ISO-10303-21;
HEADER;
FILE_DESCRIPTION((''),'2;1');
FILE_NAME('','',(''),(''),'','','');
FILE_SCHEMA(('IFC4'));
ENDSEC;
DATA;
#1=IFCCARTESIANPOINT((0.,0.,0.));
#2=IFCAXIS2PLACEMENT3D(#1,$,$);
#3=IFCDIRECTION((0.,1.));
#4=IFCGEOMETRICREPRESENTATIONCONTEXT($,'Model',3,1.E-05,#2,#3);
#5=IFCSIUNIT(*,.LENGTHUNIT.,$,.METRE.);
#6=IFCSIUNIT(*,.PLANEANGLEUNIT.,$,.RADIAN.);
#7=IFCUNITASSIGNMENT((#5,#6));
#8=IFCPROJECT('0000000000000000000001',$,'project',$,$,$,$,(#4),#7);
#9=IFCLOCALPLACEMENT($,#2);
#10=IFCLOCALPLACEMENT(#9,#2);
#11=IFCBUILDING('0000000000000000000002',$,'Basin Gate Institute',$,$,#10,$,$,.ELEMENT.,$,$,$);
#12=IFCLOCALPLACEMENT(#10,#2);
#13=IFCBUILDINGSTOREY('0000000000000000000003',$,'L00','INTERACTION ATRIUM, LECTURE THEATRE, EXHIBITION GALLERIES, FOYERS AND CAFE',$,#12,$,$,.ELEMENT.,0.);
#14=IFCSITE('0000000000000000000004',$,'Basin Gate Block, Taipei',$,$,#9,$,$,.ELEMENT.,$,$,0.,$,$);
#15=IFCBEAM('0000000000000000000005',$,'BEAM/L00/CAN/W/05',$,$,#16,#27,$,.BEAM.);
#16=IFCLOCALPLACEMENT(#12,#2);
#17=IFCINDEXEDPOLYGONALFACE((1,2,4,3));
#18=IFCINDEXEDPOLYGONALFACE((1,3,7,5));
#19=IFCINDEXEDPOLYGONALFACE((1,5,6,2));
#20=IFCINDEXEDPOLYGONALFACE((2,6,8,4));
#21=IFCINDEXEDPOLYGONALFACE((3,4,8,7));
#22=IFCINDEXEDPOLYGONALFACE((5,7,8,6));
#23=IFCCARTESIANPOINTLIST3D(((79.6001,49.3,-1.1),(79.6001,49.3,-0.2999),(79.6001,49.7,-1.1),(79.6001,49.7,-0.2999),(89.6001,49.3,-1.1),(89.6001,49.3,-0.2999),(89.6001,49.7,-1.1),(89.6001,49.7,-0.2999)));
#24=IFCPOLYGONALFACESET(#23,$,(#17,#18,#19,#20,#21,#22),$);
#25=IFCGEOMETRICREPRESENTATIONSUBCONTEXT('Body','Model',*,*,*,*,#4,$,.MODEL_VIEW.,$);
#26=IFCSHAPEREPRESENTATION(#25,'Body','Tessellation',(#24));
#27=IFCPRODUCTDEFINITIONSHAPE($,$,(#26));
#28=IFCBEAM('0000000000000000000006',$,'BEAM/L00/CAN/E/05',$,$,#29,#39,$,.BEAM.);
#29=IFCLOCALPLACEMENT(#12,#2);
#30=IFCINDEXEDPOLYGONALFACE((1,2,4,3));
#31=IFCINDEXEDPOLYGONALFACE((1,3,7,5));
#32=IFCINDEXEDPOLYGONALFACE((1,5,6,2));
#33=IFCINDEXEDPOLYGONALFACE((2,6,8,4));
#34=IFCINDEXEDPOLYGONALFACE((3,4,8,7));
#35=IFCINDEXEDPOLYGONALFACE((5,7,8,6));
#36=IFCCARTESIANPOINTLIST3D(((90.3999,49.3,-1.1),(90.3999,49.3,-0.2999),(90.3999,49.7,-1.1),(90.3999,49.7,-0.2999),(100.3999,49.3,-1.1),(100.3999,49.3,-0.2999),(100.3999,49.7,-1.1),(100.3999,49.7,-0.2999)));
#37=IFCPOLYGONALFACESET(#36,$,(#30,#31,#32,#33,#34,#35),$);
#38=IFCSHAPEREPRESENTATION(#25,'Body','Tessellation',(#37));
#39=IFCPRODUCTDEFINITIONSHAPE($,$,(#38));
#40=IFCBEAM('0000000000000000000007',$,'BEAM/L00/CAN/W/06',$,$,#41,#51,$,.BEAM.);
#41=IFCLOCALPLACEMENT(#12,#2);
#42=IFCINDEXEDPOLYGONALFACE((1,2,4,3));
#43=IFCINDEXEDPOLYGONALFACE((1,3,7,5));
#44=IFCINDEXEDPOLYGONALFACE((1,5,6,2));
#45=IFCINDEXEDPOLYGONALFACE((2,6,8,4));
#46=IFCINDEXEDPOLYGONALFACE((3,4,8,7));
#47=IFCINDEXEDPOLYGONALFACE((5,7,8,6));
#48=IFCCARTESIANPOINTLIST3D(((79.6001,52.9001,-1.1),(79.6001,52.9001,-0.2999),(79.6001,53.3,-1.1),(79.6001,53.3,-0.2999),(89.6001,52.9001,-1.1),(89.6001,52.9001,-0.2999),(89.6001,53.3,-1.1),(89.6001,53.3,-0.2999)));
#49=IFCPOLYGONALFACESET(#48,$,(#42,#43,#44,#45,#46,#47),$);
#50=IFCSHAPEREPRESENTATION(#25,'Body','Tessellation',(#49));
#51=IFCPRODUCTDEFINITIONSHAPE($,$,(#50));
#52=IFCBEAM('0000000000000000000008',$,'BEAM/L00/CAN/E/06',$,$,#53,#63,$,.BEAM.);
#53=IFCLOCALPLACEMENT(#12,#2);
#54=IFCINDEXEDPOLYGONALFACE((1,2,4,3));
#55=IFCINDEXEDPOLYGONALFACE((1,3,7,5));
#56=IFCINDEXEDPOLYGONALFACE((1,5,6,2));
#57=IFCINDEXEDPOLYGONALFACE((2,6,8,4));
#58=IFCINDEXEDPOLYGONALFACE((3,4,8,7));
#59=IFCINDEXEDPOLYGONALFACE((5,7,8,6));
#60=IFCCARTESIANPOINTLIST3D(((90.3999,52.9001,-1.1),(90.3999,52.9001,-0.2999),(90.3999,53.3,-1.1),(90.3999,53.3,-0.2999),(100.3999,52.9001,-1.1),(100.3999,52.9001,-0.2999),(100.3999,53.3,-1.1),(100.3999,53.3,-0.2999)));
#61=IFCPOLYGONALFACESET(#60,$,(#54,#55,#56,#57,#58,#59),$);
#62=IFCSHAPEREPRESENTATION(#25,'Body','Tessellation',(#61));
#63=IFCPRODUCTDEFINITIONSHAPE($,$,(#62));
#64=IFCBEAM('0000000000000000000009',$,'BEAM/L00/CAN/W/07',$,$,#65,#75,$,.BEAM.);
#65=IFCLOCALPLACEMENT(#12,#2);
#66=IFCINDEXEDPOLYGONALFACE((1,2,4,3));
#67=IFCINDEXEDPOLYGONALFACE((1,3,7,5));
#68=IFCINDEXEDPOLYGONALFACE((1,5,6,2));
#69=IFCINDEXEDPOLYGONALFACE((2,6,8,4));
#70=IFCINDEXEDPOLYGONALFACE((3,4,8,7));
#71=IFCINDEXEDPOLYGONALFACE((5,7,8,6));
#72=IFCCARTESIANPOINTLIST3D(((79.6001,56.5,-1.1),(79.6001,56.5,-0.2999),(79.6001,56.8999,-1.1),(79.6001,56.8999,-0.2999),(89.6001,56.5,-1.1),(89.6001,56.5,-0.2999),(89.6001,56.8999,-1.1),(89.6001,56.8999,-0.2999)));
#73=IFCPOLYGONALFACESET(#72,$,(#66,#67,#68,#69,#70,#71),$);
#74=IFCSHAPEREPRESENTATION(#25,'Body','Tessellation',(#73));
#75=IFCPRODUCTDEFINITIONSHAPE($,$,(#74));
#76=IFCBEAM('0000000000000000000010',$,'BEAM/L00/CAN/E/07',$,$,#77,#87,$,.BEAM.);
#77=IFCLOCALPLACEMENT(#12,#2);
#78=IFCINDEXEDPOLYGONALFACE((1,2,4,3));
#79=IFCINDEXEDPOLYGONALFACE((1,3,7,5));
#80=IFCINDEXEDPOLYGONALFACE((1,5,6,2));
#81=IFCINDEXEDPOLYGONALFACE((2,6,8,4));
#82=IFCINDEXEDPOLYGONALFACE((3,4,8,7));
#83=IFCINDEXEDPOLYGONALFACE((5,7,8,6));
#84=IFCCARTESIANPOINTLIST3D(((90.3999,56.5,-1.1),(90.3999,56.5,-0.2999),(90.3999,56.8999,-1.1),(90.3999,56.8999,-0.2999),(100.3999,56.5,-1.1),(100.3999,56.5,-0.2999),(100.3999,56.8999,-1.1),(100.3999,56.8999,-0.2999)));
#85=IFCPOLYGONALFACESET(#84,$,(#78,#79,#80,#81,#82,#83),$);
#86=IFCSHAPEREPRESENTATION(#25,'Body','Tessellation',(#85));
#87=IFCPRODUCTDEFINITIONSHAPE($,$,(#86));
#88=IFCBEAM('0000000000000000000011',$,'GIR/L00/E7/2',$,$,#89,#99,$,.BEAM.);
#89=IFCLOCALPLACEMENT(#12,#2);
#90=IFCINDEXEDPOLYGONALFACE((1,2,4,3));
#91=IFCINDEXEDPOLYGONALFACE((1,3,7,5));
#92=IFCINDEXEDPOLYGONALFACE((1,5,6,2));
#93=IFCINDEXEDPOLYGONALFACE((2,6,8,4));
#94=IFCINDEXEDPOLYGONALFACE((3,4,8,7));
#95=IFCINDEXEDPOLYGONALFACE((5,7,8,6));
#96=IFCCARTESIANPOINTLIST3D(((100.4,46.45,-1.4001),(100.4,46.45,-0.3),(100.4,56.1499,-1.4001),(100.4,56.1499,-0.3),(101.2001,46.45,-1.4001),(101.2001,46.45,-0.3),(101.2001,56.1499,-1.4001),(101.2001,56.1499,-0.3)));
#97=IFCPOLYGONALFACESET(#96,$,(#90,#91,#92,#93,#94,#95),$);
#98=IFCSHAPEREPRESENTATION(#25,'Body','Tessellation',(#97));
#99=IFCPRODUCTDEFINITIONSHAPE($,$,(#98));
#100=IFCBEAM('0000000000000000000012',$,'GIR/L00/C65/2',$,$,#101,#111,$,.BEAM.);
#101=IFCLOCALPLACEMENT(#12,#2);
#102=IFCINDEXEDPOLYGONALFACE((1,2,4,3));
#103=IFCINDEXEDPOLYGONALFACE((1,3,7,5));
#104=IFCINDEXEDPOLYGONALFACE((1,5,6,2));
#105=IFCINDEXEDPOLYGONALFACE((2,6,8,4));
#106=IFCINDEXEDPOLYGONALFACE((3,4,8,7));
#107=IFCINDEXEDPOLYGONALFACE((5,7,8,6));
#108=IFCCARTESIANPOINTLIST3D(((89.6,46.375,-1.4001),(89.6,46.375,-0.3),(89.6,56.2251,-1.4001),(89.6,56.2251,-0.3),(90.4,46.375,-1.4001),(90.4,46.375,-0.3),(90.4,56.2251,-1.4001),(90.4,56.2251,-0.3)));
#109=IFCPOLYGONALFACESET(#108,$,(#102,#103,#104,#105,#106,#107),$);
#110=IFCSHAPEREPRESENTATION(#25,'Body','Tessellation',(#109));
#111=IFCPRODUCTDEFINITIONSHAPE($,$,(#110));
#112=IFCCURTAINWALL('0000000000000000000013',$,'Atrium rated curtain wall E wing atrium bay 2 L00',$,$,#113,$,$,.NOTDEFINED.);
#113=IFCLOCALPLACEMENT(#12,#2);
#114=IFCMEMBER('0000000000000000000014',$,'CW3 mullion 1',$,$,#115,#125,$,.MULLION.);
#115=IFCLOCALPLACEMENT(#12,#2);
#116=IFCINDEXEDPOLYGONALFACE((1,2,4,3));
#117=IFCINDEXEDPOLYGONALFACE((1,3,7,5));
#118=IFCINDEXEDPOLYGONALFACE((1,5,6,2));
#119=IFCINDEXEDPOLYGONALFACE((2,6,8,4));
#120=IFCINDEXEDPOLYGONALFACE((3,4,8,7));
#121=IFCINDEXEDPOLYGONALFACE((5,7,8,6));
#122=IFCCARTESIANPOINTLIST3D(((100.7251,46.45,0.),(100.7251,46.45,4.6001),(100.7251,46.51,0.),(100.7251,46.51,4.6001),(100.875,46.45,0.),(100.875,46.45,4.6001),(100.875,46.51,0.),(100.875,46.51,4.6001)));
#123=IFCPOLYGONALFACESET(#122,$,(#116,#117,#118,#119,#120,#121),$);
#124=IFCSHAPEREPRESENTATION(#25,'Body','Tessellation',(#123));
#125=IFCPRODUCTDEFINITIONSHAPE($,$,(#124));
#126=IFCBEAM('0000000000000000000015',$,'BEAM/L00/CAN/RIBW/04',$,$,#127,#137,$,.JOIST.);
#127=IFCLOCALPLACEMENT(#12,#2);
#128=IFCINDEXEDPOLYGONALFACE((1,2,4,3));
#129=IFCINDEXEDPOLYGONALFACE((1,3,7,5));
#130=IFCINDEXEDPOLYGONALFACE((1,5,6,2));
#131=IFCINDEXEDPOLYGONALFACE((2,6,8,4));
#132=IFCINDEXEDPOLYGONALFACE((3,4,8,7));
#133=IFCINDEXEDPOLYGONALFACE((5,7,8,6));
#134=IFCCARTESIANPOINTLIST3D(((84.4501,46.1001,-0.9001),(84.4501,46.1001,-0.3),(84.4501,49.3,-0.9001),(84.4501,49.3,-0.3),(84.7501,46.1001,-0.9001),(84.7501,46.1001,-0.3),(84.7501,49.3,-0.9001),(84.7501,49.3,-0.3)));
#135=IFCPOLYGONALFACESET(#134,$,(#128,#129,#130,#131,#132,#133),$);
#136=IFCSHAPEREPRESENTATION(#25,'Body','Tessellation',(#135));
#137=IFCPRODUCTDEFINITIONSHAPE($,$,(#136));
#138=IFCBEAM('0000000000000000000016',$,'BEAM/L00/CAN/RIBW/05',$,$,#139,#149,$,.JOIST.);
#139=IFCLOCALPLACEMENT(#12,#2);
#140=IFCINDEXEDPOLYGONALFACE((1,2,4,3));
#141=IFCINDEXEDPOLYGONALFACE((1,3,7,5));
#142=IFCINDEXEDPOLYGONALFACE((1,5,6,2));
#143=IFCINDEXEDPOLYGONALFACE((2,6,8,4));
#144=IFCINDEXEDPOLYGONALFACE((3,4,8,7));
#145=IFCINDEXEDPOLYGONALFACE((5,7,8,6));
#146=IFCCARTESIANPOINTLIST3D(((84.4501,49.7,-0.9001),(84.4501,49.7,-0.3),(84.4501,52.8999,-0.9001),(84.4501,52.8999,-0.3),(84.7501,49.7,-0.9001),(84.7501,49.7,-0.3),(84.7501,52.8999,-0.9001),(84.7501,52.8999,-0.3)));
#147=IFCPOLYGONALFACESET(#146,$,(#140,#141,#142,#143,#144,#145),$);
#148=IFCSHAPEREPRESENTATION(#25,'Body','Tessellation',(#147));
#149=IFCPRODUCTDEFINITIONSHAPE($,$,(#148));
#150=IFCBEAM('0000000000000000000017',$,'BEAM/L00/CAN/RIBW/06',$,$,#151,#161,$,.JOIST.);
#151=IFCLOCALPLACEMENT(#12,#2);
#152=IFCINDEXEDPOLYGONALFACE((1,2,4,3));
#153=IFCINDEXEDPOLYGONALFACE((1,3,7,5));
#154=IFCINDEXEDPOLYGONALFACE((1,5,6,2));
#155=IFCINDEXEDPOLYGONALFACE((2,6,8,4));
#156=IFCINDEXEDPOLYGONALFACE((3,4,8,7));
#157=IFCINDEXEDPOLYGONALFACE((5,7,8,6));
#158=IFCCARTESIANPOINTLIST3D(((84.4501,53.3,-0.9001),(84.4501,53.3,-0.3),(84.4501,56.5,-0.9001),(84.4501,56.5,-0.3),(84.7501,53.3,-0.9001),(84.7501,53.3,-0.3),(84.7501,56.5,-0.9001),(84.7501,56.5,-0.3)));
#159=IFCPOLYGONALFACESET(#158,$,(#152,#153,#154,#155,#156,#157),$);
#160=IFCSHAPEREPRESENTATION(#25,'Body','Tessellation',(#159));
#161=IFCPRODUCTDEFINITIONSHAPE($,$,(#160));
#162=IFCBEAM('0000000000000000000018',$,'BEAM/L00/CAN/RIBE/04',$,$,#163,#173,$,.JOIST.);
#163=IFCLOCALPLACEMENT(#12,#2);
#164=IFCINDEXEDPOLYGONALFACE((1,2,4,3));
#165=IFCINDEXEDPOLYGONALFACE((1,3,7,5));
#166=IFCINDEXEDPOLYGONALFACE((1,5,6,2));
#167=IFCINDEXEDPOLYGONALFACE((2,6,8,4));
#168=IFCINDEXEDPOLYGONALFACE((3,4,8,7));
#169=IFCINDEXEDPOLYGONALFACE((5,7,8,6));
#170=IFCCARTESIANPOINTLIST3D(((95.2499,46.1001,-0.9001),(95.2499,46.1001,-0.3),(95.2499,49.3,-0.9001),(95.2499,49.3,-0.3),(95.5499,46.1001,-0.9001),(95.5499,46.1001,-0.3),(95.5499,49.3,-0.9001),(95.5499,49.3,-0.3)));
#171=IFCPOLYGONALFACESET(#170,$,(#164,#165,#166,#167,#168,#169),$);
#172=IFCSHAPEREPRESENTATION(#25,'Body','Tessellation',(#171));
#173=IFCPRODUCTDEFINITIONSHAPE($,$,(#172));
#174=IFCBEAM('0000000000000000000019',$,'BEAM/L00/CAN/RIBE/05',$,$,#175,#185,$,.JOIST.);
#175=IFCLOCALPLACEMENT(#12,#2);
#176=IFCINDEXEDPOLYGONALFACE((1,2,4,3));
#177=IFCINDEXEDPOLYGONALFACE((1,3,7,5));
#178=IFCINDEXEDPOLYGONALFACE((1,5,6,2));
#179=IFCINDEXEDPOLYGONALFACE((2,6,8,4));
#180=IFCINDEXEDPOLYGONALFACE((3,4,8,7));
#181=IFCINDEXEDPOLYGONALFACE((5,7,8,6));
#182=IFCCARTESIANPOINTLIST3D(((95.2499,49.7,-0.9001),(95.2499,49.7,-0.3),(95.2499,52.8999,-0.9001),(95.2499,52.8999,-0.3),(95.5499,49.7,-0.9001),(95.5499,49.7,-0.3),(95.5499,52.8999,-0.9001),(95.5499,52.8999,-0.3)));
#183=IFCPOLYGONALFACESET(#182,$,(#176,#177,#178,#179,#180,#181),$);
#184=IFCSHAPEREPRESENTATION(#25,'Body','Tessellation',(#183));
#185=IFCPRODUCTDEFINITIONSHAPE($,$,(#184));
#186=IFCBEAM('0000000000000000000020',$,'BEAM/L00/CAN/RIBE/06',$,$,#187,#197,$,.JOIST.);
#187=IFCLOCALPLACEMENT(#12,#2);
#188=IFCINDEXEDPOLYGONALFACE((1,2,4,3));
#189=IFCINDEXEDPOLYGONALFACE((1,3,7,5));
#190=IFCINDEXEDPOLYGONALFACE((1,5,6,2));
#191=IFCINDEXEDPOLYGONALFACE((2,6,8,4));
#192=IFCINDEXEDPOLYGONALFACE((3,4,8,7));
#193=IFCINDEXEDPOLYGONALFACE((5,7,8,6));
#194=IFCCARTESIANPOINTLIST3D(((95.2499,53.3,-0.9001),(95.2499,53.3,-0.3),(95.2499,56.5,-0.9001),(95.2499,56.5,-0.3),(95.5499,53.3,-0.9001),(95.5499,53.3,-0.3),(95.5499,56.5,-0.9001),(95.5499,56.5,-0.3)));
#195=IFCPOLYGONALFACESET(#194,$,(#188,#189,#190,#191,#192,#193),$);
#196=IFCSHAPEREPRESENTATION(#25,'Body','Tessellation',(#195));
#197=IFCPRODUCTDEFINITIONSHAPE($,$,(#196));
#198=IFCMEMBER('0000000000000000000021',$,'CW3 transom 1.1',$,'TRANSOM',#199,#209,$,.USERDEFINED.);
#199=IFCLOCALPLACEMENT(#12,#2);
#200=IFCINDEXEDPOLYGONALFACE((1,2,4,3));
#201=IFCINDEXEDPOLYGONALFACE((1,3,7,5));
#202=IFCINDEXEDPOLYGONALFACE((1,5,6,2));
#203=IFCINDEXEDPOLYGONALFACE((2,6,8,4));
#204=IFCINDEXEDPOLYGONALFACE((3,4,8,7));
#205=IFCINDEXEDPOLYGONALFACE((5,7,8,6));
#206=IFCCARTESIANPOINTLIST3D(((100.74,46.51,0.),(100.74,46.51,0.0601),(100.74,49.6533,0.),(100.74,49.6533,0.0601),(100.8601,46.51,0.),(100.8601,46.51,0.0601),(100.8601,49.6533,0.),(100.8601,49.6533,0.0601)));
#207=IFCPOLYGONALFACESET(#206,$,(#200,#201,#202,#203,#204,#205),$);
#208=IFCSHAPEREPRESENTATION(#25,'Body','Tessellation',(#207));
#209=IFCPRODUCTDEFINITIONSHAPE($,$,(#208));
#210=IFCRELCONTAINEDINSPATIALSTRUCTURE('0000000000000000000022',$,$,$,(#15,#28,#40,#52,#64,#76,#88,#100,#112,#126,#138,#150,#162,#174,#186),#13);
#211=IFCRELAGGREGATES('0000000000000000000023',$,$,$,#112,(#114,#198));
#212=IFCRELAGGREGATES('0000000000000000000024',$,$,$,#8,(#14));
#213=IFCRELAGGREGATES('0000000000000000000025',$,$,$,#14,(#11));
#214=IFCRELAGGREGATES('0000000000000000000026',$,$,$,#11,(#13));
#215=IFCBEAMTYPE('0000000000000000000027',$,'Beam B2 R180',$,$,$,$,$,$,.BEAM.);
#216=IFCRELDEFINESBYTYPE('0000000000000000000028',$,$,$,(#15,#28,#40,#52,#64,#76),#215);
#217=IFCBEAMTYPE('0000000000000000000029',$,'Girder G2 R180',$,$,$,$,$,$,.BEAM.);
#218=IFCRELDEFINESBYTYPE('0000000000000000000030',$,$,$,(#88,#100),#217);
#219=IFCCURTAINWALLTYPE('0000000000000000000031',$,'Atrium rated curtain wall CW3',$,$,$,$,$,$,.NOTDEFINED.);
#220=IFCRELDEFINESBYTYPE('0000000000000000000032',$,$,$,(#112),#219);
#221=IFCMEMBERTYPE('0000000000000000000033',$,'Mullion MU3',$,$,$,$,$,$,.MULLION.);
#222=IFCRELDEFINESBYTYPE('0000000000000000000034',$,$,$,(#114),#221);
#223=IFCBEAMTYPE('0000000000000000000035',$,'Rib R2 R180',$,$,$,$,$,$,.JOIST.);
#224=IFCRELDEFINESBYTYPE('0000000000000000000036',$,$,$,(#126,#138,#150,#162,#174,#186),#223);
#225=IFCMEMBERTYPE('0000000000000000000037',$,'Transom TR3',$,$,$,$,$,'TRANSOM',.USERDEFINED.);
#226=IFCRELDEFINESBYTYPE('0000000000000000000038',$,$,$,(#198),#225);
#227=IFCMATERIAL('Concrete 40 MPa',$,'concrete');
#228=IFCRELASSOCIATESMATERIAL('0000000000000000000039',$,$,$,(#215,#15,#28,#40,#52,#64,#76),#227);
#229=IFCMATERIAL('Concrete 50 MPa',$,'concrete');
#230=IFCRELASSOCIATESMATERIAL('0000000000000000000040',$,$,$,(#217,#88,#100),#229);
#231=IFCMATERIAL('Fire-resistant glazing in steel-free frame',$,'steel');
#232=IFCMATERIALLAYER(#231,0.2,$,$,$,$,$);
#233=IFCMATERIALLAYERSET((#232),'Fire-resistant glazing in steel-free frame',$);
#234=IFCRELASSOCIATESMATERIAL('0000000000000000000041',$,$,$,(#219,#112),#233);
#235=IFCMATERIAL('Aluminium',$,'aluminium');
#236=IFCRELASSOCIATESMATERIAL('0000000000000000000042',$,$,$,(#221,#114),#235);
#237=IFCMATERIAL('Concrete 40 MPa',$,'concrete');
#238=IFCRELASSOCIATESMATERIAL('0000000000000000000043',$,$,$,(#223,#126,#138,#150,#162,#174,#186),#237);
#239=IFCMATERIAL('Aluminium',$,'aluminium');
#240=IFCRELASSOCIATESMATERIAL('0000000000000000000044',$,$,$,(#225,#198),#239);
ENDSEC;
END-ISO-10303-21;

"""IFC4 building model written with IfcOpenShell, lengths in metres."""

from ifc_helpers import new_model, si_unit, direction, frame, origin, origin_2d, place, context, subcontext, project, spatial, rectangle, extrude, material, layer, layer_set, material_profile, profile_set, type_object, element, aggregate, save


model = new_model("IFC4")

# Units and contexts
model_context = context("Model", 3, precision=1e-05, world=origin(), true_north=direction((0.0, 1.0)))
body_context = subcontext(model_context, "Body", "Model", "MODEL_VIEW")
ifc_project = project(units=[si_unit("LENGTHUNIT", "METRE"), si_unit("PLANEANGLEUNIT", "RADIAN")], contexts=[model_context])

# Site, building, storey
site_placement = place(None, origin())
site = spatial("IfcSite", under=ifc_project, at=site_placement, Name="Basin Gate Block, Taipei", CompositionType="ELEMENT", RefElevation=0.0)
building_placement = place(site_placement, origin())
building = spatial("IfcBuilding", under=site, at=building_placement, Name="Basin Gate Institute", CompositionType="ELEMENT")
storey_placement = place(building_placement, origin())
storey = spatial("IfcBuildingStorey", under=building, at=storey_placement, Name="L00", Description="INTERACTION ATRIUM, LECTURE THEATRE, EXHIBITION GALLERIES, FOYERS AND CAFE", CompositionType="ELEMENT", Elevation=0.0)

# Beams
ifc_material_1 = material(Name="Concrete 40 MPa", Category="concrete")
ifc_material_profile_1 = material_profile(ifc_material_1, rectangle(XDim=0.3999, YDim=0.8, at=origin_2d()), Name="Beam B2 400 x 800")
ifc_profile_set_1 = profile_set([ifc_material_profile_1], Name="Concrete 40 MPa")
beam_type_1 = type_object("IfcBeamType", Name="Beam B2 R180", PredefinedType="BEAM", material=ifc_profile_set_1)
for number, where, z_axis, x_axis, name in (
    (1, (79.6001, 49.5, -0.7), (1.0, 0.0, 0.0), (0.0, 1.0, 0.0), "BEAM/L00/CAN/W/05"),
    (2, (90.3999, 49.5, -0.7), (1.0, 0.0, 0.0), (0.0, 1.0, 0.0), "BEAM/L00/CAN/E/05"),
    (3, (79.6001, 53.1001, -0.7), (1.0, 0.0, 0.0), (0.0, 1.0, 0.0), "BEAM/L00/CAN/W/06"),
    (4, (90.3999, 53.1001, -0.7), (1.0, 0.0, 0.0), (0.0, 1.0, 0.0), "BEAM/L00/CAN/E/06"),
    (5, (79.6001, 56.7, -0.7), (1.0, 0.0, 0.0), (0.0, 1.0, 0.0), "BEAM/L00/CAN/W/07"),
    (6, (90.3999, 56.7, -0.7), (1.0, 0.0, 0.0), (0.0, 1.0, 0.0), "BEAM/L00/CAN/E/07"),
):
    element("IfcBeam", number, at=place(storey_placement, frame(where, z_axis=z_axis, x_axis=x_axis)), inside=storey, type_object=beam_type_1, material=ifc_profile_set_1, Name=name, PredefinedType="BEAM", context=body_context, shape_type="SweptSolid", body=[
        extrude(rectangle(XDim=0.3999, YDim=0.8, at=origin_2d()), origin(), (0.0, 0.0, 1.0), 10.0),
    ])
ifc_material_2 = material(Name="Concrete 50 MPa", Category="concrete")
ifc_material_profile_2 = material_profile(ifc_material_2, rectangle(XDim=0.8, YDim=1.1001, at=origin_2d()), Name="Girder G2 800 x 1100")
ifc_profile_set_2 = profile_set([ifc_material_profile_2], Name="Concrete 50 MPa")
beam_type_2 = type_object("IfcBeamType", Name="Girder G2 R180", PredefinedType="BEAM", material=ifc_profile_set_2)
beam_1_placement = place(storey_placement, frame((100.8, 46.45, -0.8501), z_axis=(0.0, 1.0, 0.0), x_axis=(-1.0, 0.0, 0.0)))
element("IfcBeam", 7, at=beam_1_placement, inside=storey, type_object=beam_type_2, material=ifc_profile_set_2, Name="GIR/L00/E7/2", PredefinedType="BEAM", context=body_context, shape_type="SweptSolid", body=[
    extrude(rectangle(XDim=0.8, YDim=1.1001, at=origin_2d()), origin(), (0.0, 0.0, 1.0), 9.7),
])
beam_2_placement = place(storey_placement, frame((90.0, 46.375, -0.8501), z_axis=(0.0, 1.0, 0.0), x_axis=(-1.0, 0.0, 0.0)))
element("IfcBeam", 8, at=beam_2_placement, inside=storey, type_object=beam_type_2, material=ifc_profile_set_2, Name="GIR/L00/C65/2", PredefinedType="BEAM", context=body_context, shape_type="SweptSolid", body=[
    extrude(rectangle(XDim=0.8, YDim=1.1001, at=origin_2d()), origin(), (0.0, 0.0, 1.0), 9.8501),
])

# Curtain wall, member
ifc_material_3 = material(Name="Fire-resistant glazing in steel-free frame", Category="steel")
ifc_layer_1 = layer(ifc_material_3, 0.2)
ifc_layer_set_1 = layer_set([ifc_layer_1], Name="Fire-resistant glazing in steel-free frame")
curtain_wall_type = type_object("IfcCurtainWallType", Name="Atrium rated curtain wall CW3", PredefinedType="NOTDEFINED", material=ifc_layer_set_1)
curtain_wall_1_placement = place(storey_placement, origin())
curtain_wall_1 = element("IfcCurtainWall", 9, at=curtain_wall_1_placement, inside=storey, type_object=curtain_wall_type, material=ifc_layer_set_1, Name="Atrium rated curtain wall E wing atrium bay 2 L00", PredefinedType="NOTDEFINED")
ifc_material_4 = material(Name="Aluminium", Category="aluminium")
ifc_material_profile_3 = material_profile(ifc_material_4, rectangle(XDim=0.1499, YDim=0.0601, at=origin_2d()), Name="Mullion MU3 150 x 60")
ifc_profile_set_3 = profile_set([ifc_material_profile_3], Name="Aluminium")
member_type_1 = type_object("IfcMemberType", Name="Mullion MU3", PredefinedType="MULLION", material=ifc_profile_set_3)
member_1_placement = place(storey_placement, frame((100.8, 46.48, 0.0), z_axis=(0.0, 0.0, 1.0), x_axis=(-1.0, 0.0, 0.0)))
member_1 = element("IfcMember", 10, at=member_1_placement, type_object=member_type_1, material=ifc_profile_set_3, Name="CW3 mullion 1", PredefinedType="MULLION", context=body_context, shape_type="SweptSolid", body=[
    extrude(rectangle(XDim=0.1499, YDim=0.0601, at=origin_2d()), origin(), (0.0, 0.0, 1.0), 4.6001),
])

# Beams
ifc_material_5 = material(Name="Concrete 40 MPa", Category="concrete")
ifc_material_profile_4 = material_profile(ifc_material_5, rectangle(XDim=0.3, YDim=0.6001, at=origin_2d()), Name="Rib R2 300 x 600")
ifc_profile_set_4 = profile_set([ifc_material_profile_4], Name="Concrete 40 MPa")
beam_type_3 = type_object("IfcBeamType", Name="Rib R2 R180", PredefinedType="JOIST", material=ifc_profile_set_4)
for number, where, z_axis, x_axis, name in (
    (11, (84.6001, 46.1001, -0.6001), (0.0, 1.0, 0.0), (-1.0, 0.0, 0.0), "BEAM/L00/CAN/RIBW/04"),
    (12, (84.6001, 49.7, -0.6001), (0.0, 1.0, 0.0), (-1.0, 0.0, 0.0), "BEAM/L00/CAN/RIBW/05"),
    (13, (84.6001, 53.3, -0.6001), (0.0, 1.0, 0.0), (-1.0, 0.0, 0.0), "BEAM/L00/CAN/RIBW/06"),
    (14, (95.3999, 46.1001, -0.6001), (0.0, 1.0, 0.0), (-1.0, 0.0, 0.0), "BEAM/L00/CAN/RIBE/04"),
    (15, (95.3999, 49.7, -0.6001), (0.0, 1.0, 0.0), (-1.0, 0.0, 0.0), "BEAM/L00/CAN/RIBE/05"),
    (16, (95.3999, 53.3, -0.6001), (0.0, 1.0, 0.0), (-1.0, 0.0, 0.0), "BEAM/L00/CAN/RIBE/06"),
):
    element("IfcBeam", number, at=place(storey_placement, frame(where, z_axis=z_axis, x_axis=x_axis)), inside=storey, type_object=beam_type_3, material=ifc_profile_set_4, Name=name, PredefinedType="JOIST", context=body_context, shape_type="SweptSolid", body=[
        extrude(rectangle(XDim=0.3, YDim=0.6001, at=origin_2d()), origin(), (0.0, 0.0, 1.0), 3.2),
    ])

# Member
ifc_material_6 = material(Name="Aluminium", Category="aluminium")
ifc_material_profile_5 = material_profile(ifc_material_6, rectangle(XDim=0.1201, YDim=0.0601, at=origin_2d()), Name="Transom TR3 120 x 60")
ifc_profile_set_5 = profile_set([ifc_material_profile_5], Name="Aluminium")
member_type_2 = type_object("IfcMemberType", Name="Transom TR3", ElementType="TRANSOM", PredefinedType="USERDEFINED", material=ifc_profile_set_5)
member_2_placement = place(storey_placement, frame((100.8, 46.51, 0.03), z_axis=(0.0, 1.0, 0.0), x_axis=(-1.0, 0.0, 0.0)))
member_2 = element("IfcMember", 17, at=member_2_placement, type_object=member_type_2, material=ifc_profile_set_5, Name="CW3 transom 1.1", ObjectType="TRANSOM", PredefinedType="USERDEFINED", context=body_context, shape_type="SweptSolid", body=[
    extrude(rectangle(XDim=0.1201, YDim=0.0601, at=origin_2d()), origin(), (0.0, 0.0, 1.0), 3.1433),
])
aggregate(curtain_wall_1, [member_1, member_2])

save(model, "model.ifc")
